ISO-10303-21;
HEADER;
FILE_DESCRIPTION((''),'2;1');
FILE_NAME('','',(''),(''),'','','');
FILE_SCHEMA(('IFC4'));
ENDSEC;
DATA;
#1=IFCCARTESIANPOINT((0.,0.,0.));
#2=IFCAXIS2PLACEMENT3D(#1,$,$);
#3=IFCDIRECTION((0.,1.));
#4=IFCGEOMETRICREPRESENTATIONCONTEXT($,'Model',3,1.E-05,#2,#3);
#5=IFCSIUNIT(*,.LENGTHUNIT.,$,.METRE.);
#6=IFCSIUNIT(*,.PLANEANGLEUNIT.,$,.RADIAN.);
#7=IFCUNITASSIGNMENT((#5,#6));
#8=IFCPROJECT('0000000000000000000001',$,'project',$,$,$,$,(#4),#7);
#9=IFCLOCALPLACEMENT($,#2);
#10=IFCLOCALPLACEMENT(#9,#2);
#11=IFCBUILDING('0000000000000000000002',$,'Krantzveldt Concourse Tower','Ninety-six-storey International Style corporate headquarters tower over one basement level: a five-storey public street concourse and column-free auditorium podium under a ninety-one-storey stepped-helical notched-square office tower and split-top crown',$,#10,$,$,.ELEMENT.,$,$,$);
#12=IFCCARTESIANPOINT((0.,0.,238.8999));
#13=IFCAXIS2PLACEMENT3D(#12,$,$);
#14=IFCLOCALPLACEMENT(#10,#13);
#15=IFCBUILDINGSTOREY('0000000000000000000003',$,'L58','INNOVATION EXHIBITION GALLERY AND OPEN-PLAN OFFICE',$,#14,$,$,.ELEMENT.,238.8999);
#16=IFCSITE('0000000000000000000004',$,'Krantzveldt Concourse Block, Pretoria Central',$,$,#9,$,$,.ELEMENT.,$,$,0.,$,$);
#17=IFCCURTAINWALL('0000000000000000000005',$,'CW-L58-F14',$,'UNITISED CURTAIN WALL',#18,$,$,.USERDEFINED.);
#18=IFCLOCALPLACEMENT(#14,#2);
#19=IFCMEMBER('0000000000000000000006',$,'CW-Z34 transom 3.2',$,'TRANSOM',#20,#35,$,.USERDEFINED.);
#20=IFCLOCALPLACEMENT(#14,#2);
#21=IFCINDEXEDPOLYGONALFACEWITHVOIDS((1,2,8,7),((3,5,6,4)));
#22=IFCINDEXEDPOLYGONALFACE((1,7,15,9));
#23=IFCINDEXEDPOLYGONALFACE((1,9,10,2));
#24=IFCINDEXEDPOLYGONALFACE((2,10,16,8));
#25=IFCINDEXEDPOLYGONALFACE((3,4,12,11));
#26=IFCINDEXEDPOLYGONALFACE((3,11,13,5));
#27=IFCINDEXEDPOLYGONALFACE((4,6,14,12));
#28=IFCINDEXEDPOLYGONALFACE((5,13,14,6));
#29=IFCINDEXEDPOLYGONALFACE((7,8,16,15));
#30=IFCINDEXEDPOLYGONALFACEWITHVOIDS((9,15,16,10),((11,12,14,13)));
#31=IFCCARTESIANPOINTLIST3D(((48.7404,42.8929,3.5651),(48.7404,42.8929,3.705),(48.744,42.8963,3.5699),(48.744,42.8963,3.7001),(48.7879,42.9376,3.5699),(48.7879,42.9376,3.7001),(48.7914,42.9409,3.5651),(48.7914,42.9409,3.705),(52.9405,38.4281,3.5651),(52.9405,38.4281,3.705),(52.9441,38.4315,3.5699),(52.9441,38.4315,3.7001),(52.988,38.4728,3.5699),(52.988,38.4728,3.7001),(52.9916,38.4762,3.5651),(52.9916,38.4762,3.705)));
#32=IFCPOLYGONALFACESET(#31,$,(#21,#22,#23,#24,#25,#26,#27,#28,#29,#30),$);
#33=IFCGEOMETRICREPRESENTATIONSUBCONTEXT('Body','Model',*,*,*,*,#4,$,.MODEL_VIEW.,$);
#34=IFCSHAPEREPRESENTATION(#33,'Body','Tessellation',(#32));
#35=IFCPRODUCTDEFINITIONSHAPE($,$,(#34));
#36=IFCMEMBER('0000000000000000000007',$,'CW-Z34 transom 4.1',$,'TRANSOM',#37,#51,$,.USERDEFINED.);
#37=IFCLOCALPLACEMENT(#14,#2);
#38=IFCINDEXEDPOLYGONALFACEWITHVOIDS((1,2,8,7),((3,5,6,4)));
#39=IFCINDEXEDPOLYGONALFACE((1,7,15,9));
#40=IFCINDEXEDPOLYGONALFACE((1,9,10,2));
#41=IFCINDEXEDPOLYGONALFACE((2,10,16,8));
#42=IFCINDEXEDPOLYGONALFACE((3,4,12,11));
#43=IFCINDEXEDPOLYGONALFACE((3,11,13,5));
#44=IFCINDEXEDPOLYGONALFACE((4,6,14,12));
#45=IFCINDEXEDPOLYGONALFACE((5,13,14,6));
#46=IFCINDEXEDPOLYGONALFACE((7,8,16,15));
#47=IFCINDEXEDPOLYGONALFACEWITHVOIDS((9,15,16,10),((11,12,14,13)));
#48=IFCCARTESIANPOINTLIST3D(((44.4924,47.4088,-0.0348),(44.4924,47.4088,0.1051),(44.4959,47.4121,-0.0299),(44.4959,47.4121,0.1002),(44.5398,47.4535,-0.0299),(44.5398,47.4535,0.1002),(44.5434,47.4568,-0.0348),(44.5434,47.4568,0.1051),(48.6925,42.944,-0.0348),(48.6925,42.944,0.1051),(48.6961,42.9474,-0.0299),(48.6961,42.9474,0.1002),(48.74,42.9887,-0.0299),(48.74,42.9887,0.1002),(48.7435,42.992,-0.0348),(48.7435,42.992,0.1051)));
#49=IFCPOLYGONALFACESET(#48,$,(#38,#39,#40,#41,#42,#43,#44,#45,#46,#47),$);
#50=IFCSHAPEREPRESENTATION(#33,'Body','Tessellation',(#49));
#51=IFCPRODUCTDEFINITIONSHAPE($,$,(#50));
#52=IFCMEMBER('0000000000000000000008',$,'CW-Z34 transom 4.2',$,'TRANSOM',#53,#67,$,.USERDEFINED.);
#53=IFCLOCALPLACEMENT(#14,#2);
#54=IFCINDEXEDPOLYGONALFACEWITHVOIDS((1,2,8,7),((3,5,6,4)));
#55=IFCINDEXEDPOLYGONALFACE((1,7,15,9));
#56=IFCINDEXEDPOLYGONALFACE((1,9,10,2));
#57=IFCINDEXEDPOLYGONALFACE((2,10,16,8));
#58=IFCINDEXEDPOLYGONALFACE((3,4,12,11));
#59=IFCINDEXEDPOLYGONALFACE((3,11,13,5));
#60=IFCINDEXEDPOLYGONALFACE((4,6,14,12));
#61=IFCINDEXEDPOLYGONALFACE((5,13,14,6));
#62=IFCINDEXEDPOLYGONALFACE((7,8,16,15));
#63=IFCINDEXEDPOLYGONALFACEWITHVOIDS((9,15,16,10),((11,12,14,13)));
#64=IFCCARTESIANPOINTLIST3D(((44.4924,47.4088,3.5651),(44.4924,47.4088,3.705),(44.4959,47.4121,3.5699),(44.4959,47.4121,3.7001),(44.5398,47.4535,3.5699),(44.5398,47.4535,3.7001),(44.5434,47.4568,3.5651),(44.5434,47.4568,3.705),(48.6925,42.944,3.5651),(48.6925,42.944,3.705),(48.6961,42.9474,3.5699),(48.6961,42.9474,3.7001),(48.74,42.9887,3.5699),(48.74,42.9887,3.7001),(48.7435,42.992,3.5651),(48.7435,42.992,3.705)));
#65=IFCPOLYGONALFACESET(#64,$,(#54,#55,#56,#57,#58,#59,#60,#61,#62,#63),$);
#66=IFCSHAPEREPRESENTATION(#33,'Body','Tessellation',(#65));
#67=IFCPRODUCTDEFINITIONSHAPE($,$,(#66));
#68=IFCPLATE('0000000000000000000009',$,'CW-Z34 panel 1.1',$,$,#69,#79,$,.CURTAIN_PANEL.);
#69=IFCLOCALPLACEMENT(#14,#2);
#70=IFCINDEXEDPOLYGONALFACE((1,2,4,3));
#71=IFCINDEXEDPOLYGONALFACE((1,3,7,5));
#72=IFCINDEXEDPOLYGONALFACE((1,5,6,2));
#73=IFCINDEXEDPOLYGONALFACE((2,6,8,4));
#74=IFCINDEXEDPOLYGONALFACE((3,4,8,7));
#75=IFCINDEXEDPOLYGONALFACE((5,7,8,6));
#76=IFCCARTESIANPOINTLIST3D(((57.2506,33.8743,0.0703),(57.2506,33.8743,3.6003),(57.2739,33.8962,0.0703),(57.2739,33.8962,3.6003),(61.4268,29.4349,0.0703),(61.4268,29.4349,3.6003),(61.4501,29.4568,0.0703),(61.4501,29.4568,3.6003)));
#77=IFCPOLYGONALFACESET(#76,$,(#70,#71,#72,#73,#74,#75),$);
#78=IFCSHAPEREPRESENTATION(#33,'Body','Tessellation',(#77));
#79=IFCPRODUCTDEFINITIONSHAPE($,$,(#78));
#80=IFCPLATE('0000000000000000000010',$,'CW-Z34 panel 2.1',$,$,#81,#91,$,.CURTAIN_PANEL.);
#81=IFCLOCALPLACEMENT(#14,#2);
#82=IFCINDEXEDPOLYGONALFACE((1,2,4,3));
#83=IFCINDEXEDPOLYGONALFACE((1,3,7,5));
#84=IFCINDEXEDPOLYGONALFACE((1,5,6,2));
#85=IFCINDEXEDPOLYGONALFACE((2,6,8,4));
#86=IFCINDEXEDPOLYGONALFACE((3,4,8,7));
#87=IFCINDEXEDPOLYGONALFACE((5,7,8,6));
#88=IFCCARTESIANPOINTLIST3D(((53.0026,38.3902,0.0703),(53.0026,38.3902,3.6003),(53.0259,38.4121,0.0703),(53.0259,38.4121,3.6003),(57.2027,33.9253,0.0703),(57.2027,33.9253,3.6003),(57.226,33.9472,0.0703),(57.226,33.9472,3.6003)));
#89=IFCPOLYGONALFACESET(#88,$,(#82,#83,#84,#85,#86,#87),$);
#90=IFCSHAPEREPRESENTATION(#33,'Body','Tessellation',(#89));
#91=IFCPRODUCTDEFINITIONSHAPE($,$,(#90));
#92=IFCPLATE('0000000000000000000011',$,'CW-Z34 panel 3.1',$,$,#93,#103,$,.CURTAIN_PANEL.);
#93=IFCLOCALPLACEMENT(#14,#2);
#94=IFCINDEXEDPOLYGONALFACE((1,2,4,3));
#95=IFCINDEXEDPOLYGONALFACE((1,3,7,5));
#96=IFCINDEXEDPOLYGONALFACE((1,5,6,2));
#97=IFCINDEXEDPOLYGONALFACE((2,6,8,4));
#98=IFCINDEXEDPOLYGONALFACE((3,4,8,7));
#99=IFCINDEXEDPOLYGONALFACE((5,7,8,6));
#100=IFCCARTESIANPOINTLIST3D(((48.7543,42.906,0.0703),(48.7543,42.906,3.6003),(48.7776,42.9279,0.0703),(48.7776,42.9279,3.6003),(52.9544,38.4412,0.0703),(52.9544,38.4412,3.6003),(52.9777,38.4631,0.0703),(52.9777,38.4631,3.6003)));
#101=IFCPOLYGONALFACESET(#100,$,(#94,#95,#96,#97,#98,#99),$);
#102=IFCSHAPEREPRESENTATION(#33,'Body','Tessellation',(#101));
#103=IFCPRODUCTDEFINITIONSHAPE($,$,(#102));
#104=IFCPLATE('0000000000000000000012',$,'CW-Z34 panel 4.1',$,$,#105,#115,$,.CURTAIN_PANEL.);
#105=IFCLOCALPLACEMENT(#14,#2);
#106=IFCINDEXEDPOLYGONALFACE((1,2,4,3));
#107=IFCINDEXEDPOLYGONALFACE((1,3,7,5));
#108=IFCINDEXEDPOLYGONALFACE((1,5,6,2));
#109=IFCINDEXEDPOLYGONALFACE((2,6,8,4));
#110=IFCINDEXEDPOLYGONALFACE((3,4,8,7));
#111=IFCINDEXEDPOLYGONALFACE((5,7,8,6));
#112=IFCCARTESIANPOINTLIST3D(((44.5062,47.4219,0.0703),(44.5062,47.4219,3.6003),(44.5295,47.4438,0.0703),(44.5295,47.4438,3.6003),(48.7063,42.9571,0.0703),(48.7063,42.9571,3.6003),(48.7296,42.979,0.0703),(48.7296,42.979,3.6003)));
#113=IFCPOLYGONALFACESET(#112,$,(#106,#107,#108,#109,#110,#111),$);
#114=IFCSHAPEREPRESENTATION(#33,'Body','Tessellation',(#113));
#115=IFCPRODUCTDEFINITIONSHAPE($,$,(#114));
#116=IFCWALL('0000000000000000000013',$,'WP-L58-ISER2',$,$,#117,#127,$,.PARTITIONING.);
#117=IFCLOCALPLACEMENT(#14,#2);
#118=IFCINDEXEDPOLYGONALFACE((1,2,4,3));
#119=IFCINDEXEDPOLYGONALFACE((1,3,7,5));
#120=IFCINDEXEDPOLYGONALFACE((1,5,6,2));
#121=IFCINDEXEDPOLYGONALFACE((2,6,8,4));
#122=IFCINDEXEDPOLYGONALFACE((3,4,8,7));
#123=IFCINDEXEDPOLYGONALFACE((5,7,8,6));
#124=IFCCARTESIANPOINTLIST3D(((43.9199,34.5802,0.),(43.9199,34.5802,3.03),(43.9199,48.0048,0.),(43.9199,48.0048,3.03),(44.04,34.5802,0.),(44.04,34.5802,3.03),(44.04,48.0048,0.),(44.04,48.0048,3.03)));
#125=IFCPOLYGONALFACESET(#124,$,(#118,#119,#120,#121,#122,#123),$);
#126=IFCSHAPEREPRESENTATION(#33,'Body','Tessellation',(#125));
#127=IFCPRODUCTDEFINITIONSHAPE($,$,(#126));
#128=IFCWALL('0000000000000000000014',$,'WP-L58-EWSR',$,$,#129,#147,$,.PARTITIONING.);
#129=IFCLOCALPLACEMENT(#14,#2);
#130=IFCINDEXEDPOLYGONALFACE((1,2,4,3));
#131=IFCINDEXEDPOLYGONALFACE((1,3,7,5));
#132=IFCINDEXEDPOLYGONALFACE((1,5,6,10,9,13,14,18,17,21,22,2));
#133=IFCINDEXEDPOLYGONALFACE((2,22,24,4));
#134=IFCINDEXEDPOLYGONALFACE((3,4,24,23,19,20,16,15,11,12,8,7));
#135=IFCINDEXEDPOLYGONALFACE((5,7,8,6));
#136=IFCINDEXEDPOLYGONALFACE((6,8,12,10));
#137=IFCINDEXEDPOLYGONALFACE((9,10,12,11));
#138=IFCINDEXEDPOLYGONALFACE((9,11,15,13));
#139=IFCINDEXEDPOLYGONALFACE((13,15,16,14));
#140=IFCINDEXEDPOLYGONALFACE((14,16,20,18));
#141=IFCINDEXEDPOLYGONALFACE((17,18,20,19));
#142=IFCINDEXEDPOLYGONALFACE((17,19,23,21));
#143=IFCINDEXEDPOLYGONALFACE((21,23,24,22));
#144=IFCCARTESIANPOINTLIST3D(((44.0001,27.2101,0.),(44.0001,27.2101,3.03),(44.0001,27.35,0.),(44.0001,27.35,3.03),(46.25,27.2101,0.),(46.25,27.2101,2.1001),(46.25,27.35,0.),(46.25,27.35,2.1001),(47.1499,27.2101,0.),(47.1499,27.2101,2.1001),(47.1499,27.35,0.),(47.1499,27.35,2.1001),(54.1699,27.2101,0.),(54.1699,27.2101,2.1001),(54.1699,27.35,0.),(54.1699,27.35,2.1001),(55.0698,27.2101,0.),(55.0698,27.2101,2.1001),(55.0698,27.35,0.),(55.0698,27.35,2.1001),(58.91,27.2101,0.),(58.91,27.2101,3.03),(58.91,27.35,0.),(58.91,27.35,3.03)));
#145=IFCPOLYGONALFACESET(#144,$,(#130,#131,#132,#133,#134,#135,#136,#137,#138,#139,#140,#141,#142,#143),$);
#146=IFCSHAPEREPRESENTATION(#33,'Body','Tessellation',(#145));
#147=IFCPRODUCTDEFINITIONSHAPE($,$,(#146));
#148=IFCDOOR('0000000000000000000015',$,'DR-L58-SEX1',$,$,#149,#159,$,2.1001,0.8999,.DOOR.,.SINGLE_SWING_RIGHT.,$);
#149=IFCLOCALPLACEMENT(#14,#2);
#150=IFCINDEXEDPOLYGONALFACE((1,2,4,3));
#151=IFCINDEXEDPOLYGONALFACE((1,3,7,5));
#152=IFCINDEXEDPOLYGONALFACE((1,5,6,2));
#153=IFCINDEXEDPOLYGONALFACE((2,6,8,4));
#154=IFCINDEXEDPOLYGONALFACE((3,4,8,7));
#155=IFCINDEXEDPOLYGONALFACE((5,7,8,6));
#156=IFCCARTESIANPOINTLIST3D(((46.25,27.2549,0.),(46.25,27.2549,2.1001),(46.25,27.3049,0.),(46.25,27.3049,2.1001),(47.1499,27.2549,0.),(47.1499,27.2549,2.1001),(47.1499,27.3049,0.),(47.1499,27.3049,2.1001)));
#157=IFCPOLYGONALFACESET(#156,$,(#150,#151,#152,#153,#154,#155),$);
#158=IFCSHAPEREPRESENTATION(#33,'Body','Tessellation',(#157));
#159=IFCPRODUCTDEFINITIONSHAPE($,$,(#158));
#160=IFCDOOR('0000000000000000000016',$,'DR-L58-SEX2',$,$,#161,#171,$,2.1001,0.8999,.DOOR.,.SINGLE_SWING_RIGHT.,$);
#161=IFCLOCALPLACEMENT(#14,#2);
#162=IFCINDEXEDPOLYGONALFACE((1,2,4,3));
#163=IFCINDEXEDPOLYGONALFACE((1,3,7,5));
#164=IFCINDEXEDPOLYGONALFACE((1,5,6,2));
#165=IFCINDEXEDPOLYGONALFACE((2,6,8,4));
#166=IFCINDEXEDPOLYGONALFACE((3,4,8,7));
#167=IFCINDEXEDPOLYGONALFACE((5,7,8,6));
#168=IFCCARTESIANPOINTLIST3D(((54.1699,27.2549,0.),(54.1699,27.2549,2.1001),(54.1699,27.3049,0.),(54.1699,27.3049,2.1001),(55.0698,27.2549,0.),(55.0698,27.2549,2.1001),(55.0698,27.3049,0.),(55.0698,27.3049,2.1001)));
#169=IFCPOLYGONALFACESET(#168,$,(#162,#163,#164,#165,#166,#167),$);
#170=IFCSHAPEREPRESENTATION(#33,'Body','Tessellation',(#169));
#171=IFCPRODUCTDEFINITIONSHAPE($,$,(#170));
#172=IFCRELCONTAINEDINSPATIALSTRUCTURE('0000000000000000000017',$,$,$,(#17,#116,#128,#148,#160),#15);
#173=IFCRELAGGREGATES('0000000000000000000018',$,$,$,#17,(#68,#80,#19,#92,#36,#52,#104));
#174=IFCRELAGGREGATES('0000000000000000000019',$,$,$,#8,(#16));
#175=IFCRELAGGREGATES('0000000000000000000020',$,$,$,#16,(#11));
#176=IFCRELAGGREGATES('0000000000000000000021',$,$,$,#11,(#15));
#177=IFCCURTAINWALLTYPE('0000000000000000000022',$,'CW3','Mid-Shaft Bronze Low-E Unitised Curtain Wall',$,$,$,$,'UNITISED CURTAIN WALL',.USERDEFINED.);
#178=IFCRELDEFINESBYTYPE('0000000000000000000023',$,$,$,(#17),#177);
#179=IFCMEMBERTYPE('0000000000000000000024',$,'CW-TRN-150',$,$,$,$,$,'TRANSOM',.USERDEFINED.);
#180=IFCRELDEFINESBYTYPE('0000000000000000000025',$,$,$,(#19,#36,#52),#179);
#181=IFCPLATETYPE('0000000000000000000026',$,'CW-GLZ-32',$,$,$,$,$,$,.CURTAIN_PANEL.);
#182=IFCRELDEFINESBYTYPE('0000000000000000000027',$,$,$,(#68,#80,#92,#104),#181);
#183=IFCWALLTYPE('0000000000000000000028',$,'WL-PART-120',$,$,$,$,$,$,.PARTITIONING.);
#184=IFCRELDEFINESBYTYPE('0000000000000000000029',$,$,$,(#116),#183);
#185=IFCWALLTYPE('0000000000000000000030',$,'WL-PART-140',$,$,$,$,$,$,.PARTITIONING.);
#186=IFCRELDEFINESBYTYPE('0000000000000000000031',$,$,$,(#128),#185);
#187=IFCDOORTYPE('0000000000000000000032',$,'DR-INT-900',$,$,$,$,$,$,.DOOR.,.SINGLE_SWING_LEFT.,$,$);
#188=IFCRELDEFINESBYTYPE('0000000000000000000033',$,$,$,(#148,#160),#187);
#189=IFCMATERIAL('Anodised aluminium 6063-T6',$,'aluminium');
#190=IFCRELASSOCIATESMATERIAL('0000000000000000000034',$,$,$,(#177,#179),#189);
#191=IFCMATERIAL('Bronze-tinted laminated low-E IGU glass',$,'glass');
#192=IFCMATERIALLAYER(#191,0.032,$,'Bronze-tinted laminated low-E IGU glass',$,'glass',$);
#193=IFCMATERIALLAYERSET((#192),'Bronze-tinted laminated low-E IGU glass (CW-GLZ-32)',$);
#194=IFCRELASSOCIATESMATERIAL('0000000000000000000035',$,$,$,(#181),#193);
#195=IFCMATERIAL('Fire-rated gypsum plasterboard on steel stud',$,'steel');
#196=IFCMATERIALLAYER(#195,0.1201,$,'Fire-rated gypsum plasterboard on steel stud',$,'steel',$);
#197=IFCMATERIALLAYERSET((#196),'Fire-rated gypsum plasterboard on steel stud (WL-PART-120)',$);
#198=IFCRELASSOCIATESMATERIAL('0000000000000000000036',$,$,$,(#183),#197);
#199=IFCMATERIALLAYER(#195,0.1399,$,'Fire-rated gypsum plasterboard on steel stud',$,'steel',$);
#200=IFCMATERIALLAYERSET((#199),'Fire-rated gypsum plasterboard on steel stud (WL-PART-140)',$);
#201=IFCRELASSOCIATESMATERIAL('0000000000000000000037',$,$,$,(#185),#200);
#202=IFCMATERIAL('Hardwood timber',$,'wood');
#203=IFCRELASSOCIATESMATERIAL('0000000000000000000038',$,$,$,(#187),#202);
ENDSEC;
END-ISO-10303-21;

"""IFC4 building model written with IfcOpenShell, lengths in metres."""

from ifc_helpers import new_model, si_unit, direction, frame, frame_2d, origin, origin_2d, place, context, subcontext, project, spatial, rectangle, hollow_rectangle, extrude, source, transform, mapped, material, layer, layer_set, material_profile, profile_set, type_object, type_shapes, element, fill, aggregate, save


model = new_model("IFC4")

# Units and contexts
model_context = context("Model", 3, precision=1e-05, world=origin(), true_north=direction((0.0, 1.0)))
body_context = subcontext(model_context, "Body", "Model", "MODEL_VIEW")
ifc_project = project(units=[si_unit("LENGTHUNIT", "METRE"), si_unit("PLANEANGLEUNIT", "RADIAN")], contexts=[model_context])

# Site, building, storey
site_placement = place(None, origin())
site = spatial("IfcSite", under=ifc_project, at=site_placement, Name="Krantzveldt Concourse Block, Pretoria Central", CompositionType="ELEMENT", RefElevation=0.0)
building_placement = place(site_placement, origin())
building = spatial("IfcBuilding", under=site, at=building_placement, Name="Krantzveldt Concourse Tower", Description="Ninety-six-storey International Style corporate headquarters tower over one basement level: a five-storey public street concourse and column-free auditorium podium under a ninety-one-storey stepped-helical notched-square office tower and split-top crown", CompositionType="ELEMENT")
storey_placement = place(building_placement, frame((0.0, 0.0, 238.8999)))
storey = spatial("IfcBuildingStorey", under=building, at=storey_placement, Name="L58", Description="INNOVATION EXHIBITION GALLERY AND OPEN-PLAN OFFICE", CompositionType="ELEMENT", Elevation=238.8999)

# Curtain wall, members, plates
ifc_material_1 = material(Name="Anodised aluminium 6063-T6", Category="aluminium")
curtain_wall_type = type_object("IfcCurtainWallType", Name="CW3", Description="Mid-Shaft Bronze Low-E Unitised Curtain Wall", ElementType="UNITISED CURTAIN WALL", PredefinedType="USERDEFINED", material=ifc_material_1)
curtain_wall_placement = place(storey_placement, origin())
curtain_wall = element("IfcCurtainWall", 1, at=curtain_wall_placement, inside=storey, type_object=curtain_wall_type, Name="CW-L58-F14", ObjectType="UNITISED CURTAIN WALL", PredefinedType="USERDEFINED")
ifc_material_profile_1 = material_profile(ifc_material_1, hollow_rectangle(XDim=0.0701, YDim=0.1399, WallThickness=0.0049, at=origin_2d()), Name="Anodised aluminium 6063-T6", Category="aluminium")
ifc_profile_set_1 = profile_set([ifc_material_profile_1], Name="Anodised aluminium 6063-T6 - ALU-TRAN 140x70x5")
member_type_1 = type_object("IfcMemberType", Name="CW-TRN-150", ElementType="TRANSOM", PredefinedType="USERDEFINED", material=ifc_profile_set_1)
shared_shape_1 = source(origin(), body_context, "Body", "SweptSolid", [
    extrude(hollow_rectangle(XDim=0.0701, YDim=0.1399, WallThickness=0.0049, at=origin_2d()), origin(), (0.0, 0.0, 1.0), 6.1299),
])
member_1_placement = place(storey_placement, frame((52.9661, 38.4521, 3.635), z_axis=(-0.685191, 0.728364, 0.0), x_axis=(-0.728364, -0.685191, 0.0)))
member_1 = element("IfcMember", 2, at=member_1_placement, type_object=member_type_1, Name="CW-Z34 transom 3.2", ObjectType="TRANSOM", PredefinedType="USERDEFINED", context=body_context, shape_type="MappedRepresentation", body=[
    mapped(shared_shape_1, transform((0.0, 0.0, 0.0), x_axis=(1.0, 0.0, 0.0), y_axis=(0.0, 1.0, 0.0), z_axis=(0.0, 0.0, 1.0), scale=1.0)),
])
member_2_placement = place(storey_placement, frame((48.718, 42.968, 0.0352), z_axis=(-0.685191, 0.728364, 0.0), x_axis=(-0.728364, -0.685191, 0.0)))
member_2 = element("IfcMember", 3, at=member_2_placement, type_object=member_type_1, Name="CW-Z34 transom 4.1", ObjectType="TRANSOM", PredefinedType="USERDEFINED", context=body_context, shape_type="MappedRepresentation", body=[
    mapped(shared_shape_1, transform((0.0, 0.0, 0.0), x_axis=(1.0, 0.0, 0.0), y_axis=(0.0, 1.0, 0.0), z_axis=(0.0, 0.0, 1.0), scale=1.0)),
])
member_3_placement = place(storey_placement, frame((48.718, 42.968, 3.635), z_axis=(-0.685191, 0.728364, 0.0), x_axis=(-0.728364, -0.685191, 0.0)))
member_3 = element("IfcMember", 4, at=member_3_placement, type_object=member_type_1, Name="CW-Z34 transom 4.2", ObjectType="TRANSOM", PredefinedType="USERDEFINED", context=body_context, shape_type="MappedRepresentation", body=[
    mapped(shared_shape_1, transform((0.0, 0.0, 0.0), x_axis=(1.0, 0.0, 0.0), y_axis=(0.0, 1.0, 0.0), z_axis=(0.0, 0.0, 1.0), scale=1.0)),
])
ifc_material_2 = material(Name="Bronze-tinted laminated low-E IGU glass", Category="glass")
ifc_layer_1 = layer(ifc_material_2, 0.032, Name="Bronze-tinted laminated low-E IGU glass", Category="glass")
ifc_layer_set_1 = layer_set([ifc_layer_1], Name="Bronze-tinted laminated low-E IGU glass (CW-GLZ-32)")
plate_type = type_object("IfcPlateType", Name="CW-GLZ-32", PredefinedType="CURTAIN_PANEL", material=ifc_layer_set_1)
shared_shape_2 = source(origin(), body_context, "Body", "SweptSolid", [
    extrude(rectangle(XDim=6.095, YDim=0.032, at=origin_2d()), origin(), (0.0, 0.0, 1.0), 3.53),
])
plate_1_placement = place(storey_placement, frame((59.3503, 31.6655, 0.0703), z_axis=(0.0, 0.0, 1.0), x_axis=(-0.685183, 0.728371, 0.0)))
plate_1 = element("IfcPlate", 5, at=plate_1_placement, type_object=plate_type, Name="CW-Z34 panel 1.1", PredefinedType="CURTAIN_PANEL", context=body_context, shape_type="MappedRepresentation", body=[
    mapped(shared_shape_2, transform((0.0, 0.0, 0.0), x_axis=(1.0, 0.0, 0.0), y_axis=(0.0, 1.0, 0.0), z_axis=(0.0, 0.0, 1.0), scale=1.0)),
])
shared_shape_3 = source(origin(), body_context, "Body", "SweptSolid", [
    extrude(rectangle(XDim=6.1299, YDim=0.032, at=origin_2d()), origin(), (0.0, 0.0, 1.0), 3.53),
])
type_shapes(plate_type, [shared_shape_2, shared_shape_3])
plate_2_placement = place(storey_placement, frame((55.1143, 36.1687, 0.0703), z_axis=(0.0, 0.0, 1.0), x_axis=(-0.685183, 0.728371, 0.0)))
plate_2 = element("IfcPlate", 6, at=plate_2_placement, type_object=plate_type, Name="CW-Z34 panel 2.1", PredefinedType="CURTAIN_PANEL", context=body_context, shape_type="MappedRepresentation", body=[
    mapped(shared_shape_3, transform((0.0, 0.0, 0.0), x_axis=(1.0, 0.0, 0.0), y_axis=(0.0, 1.0, 0.0), z_axis=(0.0, 0.0, 1.0), scale=1.0)),
])
plate_3_placement = place(storey_placement, frame((50.866, 40.6846, 0.0703), z_axis=(0.0, 0.0, 1.0), x_axis=(-0.685183, 0.728371, 0.0)))
plate_3 = element("IfcPlate", 7, at=plate_3_placement, type_object=plate_type, Name="CW-Z34 panel 3.1", PredefinedType="CURTAIN_PANEL", context=body_context, shape_type="MappedRepresentation", body=[
    mapped(shared_shape_3, transform((0.0, 0.0, 0.0), x_axis=(1.0, 0.0, 0.0), y_axis=(0.0, 1.0, 0.0), z_axis=(0.0, 0.0, 1.0), scale=1.0)),
])
plate_4_placement = place(storey_placement, frame((46.6179, 45.2004, 0.0703), z_axis=(0.0, 0.0, 1.0), x_axis=(-0.685183, 0.728371, 0.0)))
plate_4 = element("IfcPlate", 8, at=plate_4_placement, type_object=plate_type, Name="CW-Z34 panel 4.1", PredefinedType="CURTAIN_PANEL", context=body_context, shape_type="MappedRepresentation", body=[
    mapped(shared_shape_3, transform((0.0, 0.0, 0.0), x_axis=(1.0, 0.0, 0.0), y_axis=(0.0, 1.0, 0.0), z_axis=(0.0, 0.0, 1.0), scale=1.0)),
])
aggregate(curtain_wall, [plate_1, plate_2, member_1, plate_3, member_2, member_3, plate_4])

# Wall
ifc_material_3 = material(Name="Fire-rated gypsum plasterboard on steel stud", Category="steel")
ifc_layer_2 = layer(ifc_material_3, 0.1201, Name="Fire-rated gypsum plasterboard on steel stud", Category="steel")
ifc_layer_set_2 = layer_set([ifc_layer_2], Name="Fire-rated gypsum plasterboard on steel stud (WL-PART-120)")
wall_type_1 = type_object("IfcWallType", Name="WL-PART-120", PredefinedType="PARTITIONING", material=ifc_layer_set_2)
wall_1_placement = place(storey_placement, frame((43.98, 34.5801, 0.0), z_axis=(0.0, 0.0, 1.0), x_axis=(0.0, 1.0, 0.0)))
element("IfcWall", 9, at=wall_1_placement, inside=storey, type_object=wall_type_1, Name="WP-L58-ISER2", PredefinedType="PARTITIONING", context=body_context, shape_type="SweptSolid", body=[
    extrude(rectangle(XDim=13.4246, YDim=0.1201, at=frame_2d((6.7124, 0.0))), origin(), (0.0, 0.0, 1.0), 3.03),
])

# Wall, openings, doors
ifc_layer_3 = layer(ifc_material_3, 0.1399, Name="Fire-rated gypsum plasterboard on steel stud", Category="steel")
ifc_layer_set_3 = layer_set([ifc_layer_3], Name="Fire-rated gypsum plasterboard on steel stud (WL-PART-140)")
wall_type_2 = type_object("IfcWallType", Name="WL-PART-140", PredefinedType="PARTITIONING", material=ifc_layer_set_3)
wall_2_placement = place(storey_placement, frame((44.0, 27.28, 0.0), z_axis=(0.0, 0.0, 1.0), x_axis=(1.0, 0.0, 0.0)))
wall_2 = element("IfcWall", 10, at=wall_2_placement, inside=storey, type_object=wall_type_2, Name="WP-L58-EWSR", PredefinedType="PARTITIONING", context=body_context, shape_type="SweptSolid", body=[
    extrude(rectangle(XDim=14.9099, YDim=0.1399, at=frame_2d((7.4551, 0.0))), origin(), (0.0, 0.0, 1.0), 3.03),
])
opening_1_placement = place(wall_2_placement, frame((2.25, 0.0, 0.0)))
opening_1 = element("IfcOpeningElement", 11, at=opening_1_placement, cuts=wall_2, PredefinedType="OPENING", context=body_context, shape_type="SweptSolid", body=[
    extrude(rectangle(XDim=0.8999, YDim=2.1001, at=frame_2d((0.45, 1.05))), frame((0.0, 0.0801, 0.0), z_axis=(0.0, -1.0, 0.0), x_axis=(1.0, 0.0, 0.0)), (0.0, 0.0, 1.0), 0.1599),
])
opening_2_placement = place(wall_2_placement, frame((10.1699, 0.0, 0.0)))
opening_2 = element("IfcOpeningElement", 12, at=opening_2_placement, cuts=wall_2, PredefinedType="OPENING", context=body_context, shape_type="SweptSolid", body=[
    extrude(rectangle(XDim=0.8999, YDim=2.1001, at=frame_2d((0.45, 1.05))), frame((0.0, 0.0801, 0.0), z_axis=(0.0, -1.0, 0.0), x_axis=(1.0, 0.0, 0.0)), (0.0, 0.0, 1.0), 0.1599),
])
ifc_material_4 = material(Name="Hardwood timber", Category="wood")
door_type = type_object("IfcDoorType", Name="DR-INT-900", OperationType="SINGLE_SWING_LEFT", PredefinedType="DOOR", material=ifc_material_4)
door_1_placement = place(opening_1_placement, origin())
door_1 = element("IfcDoor", 13, at=door_1_placement, inside=storey, type_object=door_type, Name="DR-L58-SEX1", OperationType="SINGLE_SWING_RIGHT", OverallHeight=2.1001, OverallWidth=0.8999, PredefinedType="DOOR", context=body_context, shape_type="SweptSolid", body=[
    extrude(rectangle(XDim=0.8999, YDim=2.1001, at=frame_2d((0.45, 1.05))), frame((0.0, 0.0249, 0.0), z_axis=(0.0, -1.0, 0.0), x_axis=(1.0, 0.0, 0.0)), (0.0, 0.0, 1.0), 0.05),
])
fill(opening_1, door_1)
door_2_placement = place(opening_2_placement, origin())
door_2 = element("IfcDoor", 14, at=door_2_placement, inside=storey, type_object=door_type, Name="DR-L58-SEX2", OperationType="SINGLE_SWING_RIGHT", OverallHeight=2.1001, OverallWidth=0.8999, PredefinedType="DOOR", context=body_context, shape_type="SweptSolid", body=[
    extrude(rectangle(XDim=0.8999, YDim=2.1001, at=frame_2d((0.45, 1.05))), frame((0.0, 0.0249, 0.0), z_axis=(0.0, -1.0, 0.0), x_axis=(1.0, 0.0, 0.0)), (0.0, 0.0, 1.0), 0.05),
])
fill(opening_2, door_2)

save(model, "model.ifc")
